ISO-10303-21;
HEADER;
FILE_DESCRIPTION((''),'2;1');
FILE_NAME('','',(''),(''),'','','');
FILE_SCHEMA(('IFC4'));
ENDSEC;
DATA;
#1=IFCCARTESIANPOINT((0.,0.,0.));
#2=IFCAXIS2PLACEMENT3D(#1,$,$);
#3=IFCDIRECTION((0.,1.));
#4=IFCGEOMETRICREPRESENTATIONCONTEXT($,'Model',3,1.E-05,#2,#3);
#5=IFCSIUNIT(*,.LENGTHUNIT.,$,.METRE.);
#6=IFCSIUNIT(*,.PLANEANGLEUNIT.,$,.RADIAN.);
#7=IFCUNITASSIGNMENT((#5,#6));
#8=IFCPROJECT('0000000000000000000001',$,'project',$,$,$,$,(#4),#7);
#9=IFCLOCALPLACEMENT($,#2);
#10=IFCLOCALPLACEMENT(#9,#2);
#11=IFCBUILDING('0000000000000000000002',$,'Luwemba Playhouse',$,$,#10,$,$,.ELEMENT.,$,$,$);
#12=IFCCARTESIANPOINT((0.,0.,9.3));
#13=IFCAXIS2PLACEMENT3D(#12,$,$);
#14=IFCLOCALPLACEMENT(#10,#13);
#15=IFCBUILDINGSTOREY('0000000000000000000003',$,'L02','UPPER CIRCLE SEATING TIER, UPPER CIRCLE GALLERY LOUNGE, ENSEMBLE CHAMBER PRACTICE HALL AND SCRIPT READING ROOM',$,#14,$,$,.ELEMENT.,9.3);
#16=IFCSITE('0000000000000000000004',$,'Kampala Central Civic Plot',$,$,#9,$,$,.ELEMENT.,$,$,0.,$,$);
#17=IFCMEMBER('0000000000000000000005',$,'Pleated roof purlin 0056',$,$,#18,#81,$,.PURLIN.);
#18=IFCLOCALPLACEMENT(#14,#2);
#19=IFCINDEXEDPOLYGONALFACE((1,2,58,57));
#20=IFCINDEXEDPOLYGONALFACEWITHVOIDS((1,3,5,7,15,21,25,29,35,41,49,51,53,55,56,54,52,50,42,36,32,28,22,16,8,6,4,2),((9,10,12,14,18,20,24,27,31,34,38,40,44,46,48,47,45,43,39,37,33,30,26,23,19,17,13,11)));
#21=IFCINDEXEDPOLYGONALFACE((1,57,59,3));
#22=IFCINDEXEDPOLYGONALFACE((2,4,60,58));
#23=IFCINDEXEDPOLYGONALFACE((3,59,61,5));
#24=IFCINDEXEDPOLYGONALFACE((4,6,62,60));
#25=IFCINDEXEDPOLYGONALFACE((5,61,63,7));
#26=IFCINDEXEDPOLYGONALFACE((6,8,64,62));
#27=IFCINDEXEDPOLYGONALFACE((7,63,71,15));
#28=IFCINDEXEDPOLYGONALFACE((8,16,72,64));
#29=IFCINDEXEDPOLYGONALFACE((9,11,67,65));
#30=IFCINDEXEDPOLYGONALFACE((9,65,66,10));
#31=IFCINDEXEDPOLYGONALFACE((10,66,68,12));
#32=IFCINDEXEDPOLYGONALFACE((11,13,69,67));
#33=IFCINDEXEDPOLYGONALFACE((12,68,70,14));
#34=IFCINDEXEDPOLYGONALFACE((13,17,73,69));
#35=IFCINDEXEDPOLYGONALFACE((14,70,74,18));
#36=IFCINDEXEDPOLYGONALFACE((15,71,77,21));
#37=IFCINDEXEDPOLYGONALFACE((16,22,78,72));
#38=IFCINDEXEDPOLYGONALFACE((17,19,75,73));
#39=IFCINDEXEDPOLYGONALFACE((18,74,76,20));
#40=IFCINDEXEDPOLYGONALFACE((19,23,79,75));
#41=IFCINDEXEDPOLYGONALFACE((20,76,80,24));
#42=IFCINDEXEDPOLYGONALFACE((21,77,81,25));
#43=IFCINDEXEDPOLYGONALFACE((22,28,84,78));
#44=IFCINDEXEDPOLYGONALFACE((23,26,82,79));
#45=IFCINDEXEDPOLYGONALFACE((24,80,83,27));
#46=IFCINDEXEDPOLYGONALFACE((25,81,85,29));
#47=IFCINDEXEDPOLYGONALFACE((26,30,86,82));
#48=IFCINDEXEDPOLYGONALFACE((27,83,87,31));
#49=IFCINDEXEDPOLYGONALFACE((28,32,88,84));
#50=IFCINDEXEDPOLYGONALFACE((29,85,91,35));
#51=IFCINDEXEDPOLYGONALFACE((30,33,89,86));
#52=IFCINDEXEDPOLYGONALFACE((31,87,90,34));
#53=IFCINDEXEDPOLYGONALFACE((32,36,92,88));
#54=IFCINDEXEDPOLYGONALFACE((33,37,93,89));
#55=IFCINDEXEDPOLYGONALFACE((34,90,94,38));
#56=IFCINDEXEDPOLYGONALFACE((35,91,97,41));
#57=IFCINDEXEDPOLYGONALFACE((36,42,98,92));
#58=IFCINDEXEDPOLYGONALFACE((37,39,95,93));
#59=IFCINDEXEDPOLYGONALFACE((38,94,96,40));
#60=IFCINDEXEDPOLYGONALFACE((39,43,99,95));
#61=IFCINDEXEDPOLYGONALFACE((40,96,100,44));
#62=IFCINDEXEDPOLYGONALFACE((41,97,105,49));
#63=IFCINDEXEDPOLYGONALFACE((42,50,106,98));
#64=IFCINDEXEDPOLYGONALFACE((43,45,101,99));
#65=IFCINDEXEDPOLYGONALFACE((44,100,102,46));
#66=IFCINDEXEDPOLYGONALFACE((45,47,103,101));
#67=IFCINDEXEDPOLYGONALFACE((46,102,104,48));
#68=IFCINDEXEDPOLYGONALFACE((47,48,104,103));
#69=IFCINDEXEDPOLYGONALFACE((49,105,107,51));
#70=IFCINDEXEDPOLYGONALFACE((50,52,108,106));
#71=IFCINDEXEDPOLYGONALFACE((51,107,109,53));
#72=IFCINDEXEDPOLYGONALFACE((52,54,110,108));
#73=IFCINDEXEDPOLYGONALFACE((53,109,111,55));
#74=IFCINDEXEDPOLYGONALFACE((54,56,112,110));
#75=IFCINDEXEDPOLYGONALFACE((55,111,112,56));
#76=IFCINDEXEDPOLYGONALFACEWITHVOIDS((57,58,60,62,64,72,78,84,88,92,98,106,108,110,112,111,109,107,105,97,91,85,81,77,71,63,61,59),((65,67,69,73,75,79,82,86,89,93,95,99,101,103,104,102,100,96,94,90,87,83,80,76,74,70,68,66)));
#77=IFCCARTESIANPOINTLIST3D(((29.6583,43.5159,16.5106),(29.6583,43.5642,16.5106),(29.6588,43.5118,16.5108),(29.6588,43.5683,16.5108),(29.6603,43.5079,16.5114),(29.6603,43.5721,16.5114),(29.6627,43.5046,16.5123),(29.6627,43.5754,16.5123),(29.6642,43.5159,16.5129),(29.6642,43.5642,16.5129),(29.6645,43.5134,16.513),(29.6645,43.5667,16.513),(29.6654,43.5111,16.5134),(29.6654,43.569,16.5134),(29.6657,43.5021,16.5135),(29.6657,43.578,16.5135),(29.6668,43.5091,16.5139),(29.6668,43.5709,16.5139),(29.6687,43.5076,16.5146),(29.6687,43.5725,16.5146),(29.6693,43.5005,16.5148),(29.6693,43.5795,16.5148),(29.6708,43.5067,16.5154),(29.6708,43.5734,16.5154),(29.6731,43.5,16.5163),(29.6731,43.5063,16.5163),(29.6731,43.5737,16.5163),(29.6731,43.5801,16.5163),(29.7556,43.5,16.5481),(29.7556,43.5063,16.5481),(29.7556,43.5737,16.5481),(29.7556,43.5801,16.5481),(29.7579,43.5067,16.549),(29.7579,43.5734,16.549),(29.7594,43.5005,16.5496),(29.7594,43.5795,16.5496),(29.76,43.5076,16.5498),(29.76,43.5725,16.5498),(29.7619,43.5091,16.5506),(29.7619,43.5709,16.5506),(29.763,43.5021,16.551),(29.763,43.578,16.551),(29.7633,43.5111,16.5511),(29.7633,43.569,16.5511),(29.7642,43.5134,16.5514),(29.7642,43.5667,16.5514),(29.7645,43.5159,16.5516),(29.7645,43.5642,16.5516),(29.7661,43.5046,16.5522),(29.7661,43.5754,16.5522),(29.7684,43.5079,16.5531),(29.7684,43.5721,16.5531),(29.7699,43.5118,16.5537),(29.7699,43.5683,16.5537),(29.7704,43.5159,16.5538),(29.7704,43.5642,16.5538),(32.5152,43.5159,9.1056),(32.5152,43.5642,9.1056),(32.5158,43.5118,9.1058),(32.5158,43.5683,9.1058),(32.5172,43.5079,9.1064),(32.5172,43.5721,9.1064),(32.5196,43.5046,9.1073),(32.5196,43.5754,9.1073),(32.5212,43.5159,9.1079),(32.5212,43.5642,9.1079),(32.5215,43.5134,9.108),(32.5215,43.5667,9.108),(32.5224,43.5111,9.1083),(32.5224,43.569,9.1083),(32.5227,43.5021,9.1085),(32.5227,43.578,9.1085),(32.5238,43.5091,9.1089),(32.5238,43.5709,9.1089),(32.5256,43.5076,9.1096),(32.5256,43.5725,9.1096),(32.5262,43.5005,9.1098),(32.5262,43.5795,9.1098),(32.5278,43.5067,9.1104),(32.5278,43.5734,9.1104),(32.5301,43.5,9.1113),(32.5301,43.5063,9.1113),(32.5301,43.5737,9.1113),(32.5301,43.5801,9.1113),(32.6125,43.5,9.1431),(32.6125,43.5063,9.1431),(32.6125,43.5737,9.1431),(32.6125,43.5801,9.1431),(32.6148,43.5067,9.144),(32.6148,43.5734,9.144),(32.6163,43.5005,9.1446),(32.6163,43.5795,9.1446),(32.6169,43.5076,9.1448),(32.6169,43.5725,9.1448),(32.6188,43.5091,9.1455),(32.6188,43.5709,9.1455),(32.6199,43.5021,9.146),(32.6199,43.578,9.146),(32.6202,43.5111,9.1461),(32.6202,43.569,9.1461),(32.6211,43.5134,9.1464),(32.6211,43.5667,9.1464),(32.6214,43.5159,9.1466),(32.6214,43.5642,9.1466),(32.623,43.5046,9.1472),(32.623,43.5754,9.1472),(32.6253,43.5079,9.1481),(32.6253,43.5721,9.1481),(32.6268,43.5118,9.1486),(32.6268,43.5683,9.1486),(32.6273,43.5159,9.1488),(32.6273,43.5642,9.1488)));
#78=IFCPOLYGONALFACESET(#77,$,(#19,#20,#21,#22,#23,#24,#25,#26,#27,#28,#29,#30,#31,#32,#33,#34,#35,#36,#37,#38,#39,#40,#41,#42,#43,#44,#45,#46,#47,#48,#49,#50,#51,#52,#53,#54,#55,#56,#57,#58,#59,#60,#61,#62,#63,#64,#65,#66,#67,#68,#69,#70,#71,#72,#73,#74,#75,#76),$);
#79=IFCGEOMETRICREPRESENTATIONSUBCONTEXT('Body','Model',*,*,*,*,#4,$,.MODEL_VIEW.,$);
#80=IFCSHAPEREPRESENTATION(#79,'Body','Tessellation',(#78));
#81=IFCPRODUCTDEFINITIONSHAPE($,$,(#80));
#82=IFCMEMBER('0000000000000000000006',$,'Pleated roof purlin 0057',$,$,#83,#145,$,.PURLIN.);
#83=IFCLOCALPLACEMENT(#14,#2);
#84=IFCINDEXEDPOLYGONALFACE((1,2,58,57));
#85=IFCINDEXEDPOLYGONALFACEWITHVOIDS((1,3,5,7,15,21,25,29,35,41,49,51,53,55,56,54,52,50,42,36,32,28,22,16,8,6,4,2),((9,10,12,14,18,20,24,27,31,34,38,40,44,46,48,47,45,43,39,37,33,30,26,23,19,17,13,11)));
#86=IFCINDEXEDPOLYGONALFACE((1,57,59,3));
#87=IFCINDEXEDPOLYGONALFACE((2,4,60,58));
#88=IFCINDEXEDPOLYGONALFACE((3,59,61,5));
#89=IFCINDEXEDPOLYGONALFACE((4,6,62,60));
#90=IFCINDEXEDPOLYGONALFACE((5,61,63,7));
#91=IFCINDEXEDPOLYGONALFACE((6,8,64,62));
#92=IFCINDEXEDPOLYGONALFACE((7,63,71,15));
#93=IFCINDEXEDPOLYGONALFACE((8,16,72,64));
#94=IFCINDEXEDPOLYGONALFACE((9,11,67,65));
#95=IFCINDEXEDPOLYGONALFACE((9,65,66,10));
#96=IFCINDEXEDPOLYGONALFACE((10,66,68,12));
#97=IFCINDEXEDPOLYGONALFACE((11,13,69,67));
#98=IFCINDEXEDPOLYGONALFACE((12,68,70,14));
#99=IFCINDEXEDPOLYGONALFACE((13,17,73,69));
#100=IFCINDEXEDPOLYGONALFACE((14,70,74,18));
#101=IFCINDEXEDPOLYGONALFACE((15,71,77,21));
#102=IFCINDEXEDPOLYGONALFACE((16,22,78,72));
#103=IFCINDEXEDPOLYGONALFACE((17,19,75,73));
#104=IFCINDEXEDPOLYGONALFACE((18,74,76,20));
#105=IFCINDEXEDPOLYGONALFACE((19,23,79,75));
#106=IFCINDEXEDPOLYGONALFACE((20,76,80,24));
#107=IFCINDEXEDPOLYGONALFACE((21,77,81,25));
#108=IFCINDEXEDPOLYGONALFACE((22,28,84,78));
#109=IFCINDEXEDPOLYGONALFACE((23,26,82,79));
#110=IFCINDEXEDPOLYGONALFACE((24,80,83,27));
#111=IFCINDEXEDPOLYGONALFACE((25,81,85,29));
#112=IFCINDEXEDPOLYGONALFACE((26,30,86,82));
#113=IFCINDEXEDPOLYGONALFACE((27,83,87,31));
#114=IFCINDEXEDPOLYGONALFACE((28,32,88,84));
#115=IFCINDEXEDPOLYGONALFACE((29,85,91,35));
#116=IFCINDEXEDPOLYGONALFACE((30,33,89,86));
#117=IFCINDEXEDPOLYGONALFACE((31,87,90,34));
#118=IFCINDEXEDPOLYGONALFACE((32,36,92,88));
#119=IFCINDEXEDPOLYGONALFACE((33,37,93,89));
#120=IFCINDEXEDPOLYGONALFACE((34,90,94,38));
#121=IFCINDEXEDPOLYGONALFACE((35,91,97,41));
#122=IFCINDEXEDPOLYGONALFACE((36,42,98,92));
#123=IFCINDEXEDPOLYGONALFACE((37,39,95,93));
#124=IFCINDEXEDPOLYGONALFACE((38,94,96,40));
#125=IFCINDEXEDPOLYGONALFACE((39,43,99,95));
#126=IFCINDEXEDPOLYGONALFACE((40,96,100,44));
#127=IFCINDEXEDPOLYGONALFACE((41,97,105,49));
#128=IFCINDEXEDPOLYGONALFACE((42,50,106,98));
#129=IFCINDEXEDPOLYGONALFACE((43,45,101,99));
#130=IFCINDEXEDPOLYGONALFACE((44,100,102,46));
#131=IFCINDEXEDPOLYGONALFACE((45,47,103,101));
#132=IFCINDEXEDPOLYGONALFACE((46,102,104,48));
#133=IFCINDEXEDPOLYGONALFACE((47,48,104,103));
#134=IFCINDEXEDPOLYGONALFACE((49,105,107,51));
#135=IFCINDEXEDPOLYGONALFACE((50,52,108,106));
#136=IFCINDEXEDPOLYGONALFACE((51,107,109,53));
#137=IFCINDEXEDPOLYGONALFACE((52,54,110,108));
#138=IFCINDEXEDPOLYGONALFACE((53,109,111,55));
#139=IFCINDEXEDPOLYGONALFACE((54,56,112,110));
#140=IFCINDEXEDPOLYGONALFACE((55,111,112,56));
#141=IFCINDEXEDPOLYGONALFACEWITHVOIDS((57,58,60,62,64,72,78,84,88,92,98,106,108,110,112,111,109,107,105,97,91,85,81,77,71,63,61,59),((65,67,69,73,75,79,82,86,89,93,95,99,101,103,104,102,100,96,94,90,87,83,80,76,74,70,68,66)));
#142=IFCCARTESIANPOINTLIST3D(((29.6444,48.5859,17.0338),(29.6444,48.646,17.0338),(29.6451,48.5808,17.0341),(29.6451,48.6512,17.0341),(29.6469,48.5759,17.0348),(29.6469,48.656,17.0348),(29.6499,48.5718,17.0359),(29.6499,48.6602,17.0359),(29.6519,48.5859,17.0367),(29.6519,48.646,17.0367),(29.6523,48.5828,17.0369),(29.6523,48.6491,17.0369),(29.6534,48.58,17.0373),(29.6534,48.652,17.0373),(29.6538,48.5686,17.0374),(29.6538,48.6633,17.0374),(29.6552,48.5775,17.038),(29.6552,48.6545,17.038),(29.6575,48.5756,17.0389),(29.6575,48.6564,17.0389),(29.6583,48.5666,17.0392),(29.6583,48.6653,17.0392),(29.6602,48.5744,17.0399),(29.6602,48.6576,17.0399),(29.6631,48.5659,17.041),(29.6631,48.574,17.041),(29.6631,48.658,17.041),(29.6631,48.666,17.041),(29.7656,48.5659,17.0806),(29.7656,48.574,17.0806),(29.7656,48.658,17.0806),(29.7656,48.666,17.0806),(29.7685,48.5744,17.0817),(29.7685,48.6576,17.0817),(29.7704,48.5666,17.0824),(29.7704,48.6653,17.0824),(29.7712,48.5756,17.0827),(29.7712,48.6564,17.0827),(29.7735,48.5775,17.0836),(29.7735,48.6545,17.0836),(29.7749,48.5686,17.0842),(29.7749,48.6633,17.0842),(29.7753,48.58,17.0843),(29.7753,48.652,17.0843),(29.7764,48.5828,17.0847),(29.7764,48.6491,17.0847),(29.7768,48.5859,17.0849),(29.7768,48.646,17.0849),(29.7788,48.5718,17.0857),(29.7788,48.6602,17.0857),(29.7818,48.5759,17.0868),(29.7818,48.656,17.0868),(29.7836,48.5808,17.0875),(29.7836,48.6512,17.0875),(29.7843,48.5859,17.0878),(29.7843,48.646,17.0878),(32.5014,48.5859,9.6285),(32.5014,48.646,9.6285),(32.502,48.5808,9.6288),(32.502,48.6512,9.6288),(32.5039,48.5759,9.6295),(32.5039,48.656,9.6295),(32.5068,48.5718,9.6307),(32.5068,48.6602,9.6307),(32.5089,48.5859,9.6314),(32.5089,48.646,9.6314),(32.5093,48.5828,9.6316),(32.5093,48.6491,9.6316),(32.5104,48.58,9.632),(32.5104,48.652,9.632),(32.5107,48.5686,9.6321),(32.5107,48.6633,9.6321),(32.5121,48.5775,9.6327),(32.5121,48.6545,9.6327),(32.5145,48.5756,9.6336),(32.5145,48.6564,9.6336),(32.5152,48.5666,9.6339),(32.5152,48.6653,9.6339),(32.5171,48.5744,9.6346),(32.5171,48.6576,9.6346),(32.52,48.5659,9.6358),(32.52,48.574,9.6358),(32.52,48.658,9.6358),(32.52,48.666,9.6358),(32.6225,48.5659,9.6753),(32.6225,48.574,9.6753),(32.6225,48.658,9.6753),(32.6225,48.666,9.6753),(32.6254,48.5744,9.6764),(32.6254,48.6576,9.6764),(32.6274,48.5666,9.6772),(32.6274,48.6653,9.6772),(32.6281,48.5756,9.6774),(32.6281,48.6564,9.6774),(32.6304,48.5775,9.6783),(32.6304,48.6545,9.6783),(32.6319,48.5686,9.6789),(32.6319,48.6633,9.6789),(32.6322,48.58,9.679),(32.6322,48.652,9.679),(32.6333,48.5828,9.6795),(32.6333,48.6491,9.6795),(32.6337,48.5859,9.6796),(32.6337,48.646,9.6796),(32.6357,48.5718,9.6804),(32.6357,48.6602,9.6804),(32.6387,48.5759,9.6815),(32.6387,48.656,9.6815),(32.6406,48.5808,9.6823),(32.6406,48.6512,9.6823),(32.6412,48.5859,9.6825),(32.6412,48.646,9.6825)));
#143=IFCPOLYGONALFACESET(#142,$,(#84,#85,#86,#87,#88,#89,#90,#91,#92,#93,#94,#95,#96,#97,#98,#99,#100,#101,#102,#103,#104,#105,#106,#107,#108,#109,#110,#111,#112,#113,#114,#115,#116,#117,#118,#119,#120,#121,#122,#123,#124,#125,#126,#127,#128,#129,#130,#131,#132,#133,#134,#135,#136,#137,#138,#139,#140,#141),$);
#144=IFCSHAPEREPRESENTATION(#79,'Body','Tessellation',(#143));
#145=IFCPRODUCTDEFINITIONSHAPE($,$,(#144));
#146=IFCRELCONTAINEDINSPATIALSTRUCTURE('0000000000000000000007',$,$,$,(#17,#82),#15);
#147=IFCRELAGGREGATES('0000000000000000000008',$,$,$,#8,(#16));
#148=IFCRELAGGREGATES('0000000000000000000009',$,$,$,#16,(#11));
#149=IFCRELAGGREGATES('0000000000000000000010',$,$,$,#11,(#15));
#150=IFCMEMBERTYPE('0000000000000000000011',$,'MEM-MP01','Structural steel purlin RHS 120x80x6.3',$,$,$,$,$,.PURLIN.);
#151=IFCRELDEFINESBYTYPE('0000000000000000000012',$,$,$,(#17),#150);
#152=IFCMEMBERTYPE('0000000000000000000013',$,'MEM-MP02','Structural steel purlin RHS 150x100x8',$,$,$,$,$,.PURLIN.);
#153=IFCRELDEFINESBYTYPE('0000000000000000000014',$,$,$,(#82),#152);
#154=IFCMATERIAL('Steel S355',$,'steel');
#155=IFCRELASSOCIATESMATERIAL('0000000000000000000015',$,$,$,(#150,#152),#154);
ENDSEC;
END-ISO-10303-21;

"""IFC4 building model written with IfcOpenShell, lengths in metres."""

from ifc_helpers import new_model, si_unit, direction, frame, origin, origin_2d, place, context, subcontext, project, spatial, hollow_rectangle, extrude, material, material_profile, profile_set, type_object, element, save


model = new_model("IFC4")

# Units and contexts
model_context = context("Model", 3, precision=1e-05, world=origin(), true_north=direction((0.0, 1.0)))
body_context = subcontext(model_context, "Body", "Model", "MODEL_VIEW")
ifc_project = project(units=[si_unit("LENGTHUNIT", "METRE"), si_unit("PLANEANGLEUNIT", "RADIAN")], contexts=[model_context])

# Site, building, storey
site_placement = place(None, origin())
site = spatial("IfcSite", under=ifc_project, at=site_placement, Name="Kampala Central Civic Plot", CompositionType="ELEMENT", RefElevation=0.0)
building_placement = place(site_placement, origin())
building = spatial("IfcBuilding", under=site, at=building_placement, Name="Luwemba Playhouse", CompositionType="ELEMENT")
storey_placement = place(building_placement, frame((0.0, 0.0, 9.3)))
storey = spatial("IfcBuildingStorey", under=building, at=storey_placement, Name="L02", Description="UPPER CIRCLE SEATING TIER, UPPER CIRCLE GALLERY LOUNGE, ENSEMBLE CHAMBER PRACTICE HALL AND SCRIPT READING ROOM", CompositionType="ELEMENT", Elevation=9.3)

# Shared definitions
ifc_material_1 = material(Name="Steel S355", Category="steel")

# Members
ifc_material_profile_1 = material_profile(ifc_material_1, hollow_rectangle(XDim=0.0801, YDim=0.1201, WallThickness=0.0063, InnerFilletRadius=0.0095, OuterFilletRadius=0.0159, at=origin_2d()))
ifc_profile_set_1 = profile_set([ifc_material_profile_1], Name="Steel S355")
member_type_1 = type_object("IfcMemberType", Name="MEM-MP01", Description="Structural steel purlin RHS 120x80x6.3", PredefinedType="PURLIN", material=ifc_profile_set_1)
member_1_placement = place(storey_placement, frame((29.7144, 43.54, 16.5322), z_axis=(0.35995, 0.0, -0.932972), x_axis=(0.0, 1.0, 0.0)))
element("IfcMember", 1, at=member_1_placement, inside=storey, type_object=member_type_1, Name="Pleated roof purlin 0056", PredefinedType="PURLIN", context=body_context, shape_type="SweptSolid", body=[
    extrude(hollow_rectangle(XDim=0.0801, YDim=0.1201, WallThickness=0.0063, InnerFilletRadius=0.0095, OuterFilletRadius=0.0159, at=origin_2d()), origin(), (0.0, 0.0, 1.0), 7.937),
])
ifc_material_profile_2 = material_profile(ifc_material_1, hollow_rectangle(XDim=0.1001, YDim=0.1499, WallThickness=0.0081, InnerFilletRadius=0.012, OuterFilletRadius=0.02, at=origin_2d()))
ifc_profile_set_2 = profile_set([ifc_material_profile_2], Name="Steel S355")
member_type_2 = type_object("IfcMemberType", Name="MEM-MP02", Description="Structural steel purlin RHS 150x100x8", PredefinedType="PURLIN", material=ifc_profile_set_2)
member_2_placement = place(storey_placement, frame((29.7144, 48.616, 17.0608), z_axis=(0.359939, 0.0, -0.932976), x_axis=(0.0, 1.0, 0.0)))
element("IfcMember", 2, at=member_2_placement, inside=storey, type_object=member_type_2, Name="Pleated roof purlin 0057", PredefinedType="PURLIN", context=body_context, shape_type="SweptSolid", body=[
    extrude(hollow_rectangle(XDim=0.1001, YDim=0.1499, WallThickness=0.0081, InnerFilletRadius=0.012, OuterFilletRadius=0.02, at=origin_2d()), origin(), (0.0, 0.0, 1.0), 7.9373),
])

save(model, "model.ifc")
